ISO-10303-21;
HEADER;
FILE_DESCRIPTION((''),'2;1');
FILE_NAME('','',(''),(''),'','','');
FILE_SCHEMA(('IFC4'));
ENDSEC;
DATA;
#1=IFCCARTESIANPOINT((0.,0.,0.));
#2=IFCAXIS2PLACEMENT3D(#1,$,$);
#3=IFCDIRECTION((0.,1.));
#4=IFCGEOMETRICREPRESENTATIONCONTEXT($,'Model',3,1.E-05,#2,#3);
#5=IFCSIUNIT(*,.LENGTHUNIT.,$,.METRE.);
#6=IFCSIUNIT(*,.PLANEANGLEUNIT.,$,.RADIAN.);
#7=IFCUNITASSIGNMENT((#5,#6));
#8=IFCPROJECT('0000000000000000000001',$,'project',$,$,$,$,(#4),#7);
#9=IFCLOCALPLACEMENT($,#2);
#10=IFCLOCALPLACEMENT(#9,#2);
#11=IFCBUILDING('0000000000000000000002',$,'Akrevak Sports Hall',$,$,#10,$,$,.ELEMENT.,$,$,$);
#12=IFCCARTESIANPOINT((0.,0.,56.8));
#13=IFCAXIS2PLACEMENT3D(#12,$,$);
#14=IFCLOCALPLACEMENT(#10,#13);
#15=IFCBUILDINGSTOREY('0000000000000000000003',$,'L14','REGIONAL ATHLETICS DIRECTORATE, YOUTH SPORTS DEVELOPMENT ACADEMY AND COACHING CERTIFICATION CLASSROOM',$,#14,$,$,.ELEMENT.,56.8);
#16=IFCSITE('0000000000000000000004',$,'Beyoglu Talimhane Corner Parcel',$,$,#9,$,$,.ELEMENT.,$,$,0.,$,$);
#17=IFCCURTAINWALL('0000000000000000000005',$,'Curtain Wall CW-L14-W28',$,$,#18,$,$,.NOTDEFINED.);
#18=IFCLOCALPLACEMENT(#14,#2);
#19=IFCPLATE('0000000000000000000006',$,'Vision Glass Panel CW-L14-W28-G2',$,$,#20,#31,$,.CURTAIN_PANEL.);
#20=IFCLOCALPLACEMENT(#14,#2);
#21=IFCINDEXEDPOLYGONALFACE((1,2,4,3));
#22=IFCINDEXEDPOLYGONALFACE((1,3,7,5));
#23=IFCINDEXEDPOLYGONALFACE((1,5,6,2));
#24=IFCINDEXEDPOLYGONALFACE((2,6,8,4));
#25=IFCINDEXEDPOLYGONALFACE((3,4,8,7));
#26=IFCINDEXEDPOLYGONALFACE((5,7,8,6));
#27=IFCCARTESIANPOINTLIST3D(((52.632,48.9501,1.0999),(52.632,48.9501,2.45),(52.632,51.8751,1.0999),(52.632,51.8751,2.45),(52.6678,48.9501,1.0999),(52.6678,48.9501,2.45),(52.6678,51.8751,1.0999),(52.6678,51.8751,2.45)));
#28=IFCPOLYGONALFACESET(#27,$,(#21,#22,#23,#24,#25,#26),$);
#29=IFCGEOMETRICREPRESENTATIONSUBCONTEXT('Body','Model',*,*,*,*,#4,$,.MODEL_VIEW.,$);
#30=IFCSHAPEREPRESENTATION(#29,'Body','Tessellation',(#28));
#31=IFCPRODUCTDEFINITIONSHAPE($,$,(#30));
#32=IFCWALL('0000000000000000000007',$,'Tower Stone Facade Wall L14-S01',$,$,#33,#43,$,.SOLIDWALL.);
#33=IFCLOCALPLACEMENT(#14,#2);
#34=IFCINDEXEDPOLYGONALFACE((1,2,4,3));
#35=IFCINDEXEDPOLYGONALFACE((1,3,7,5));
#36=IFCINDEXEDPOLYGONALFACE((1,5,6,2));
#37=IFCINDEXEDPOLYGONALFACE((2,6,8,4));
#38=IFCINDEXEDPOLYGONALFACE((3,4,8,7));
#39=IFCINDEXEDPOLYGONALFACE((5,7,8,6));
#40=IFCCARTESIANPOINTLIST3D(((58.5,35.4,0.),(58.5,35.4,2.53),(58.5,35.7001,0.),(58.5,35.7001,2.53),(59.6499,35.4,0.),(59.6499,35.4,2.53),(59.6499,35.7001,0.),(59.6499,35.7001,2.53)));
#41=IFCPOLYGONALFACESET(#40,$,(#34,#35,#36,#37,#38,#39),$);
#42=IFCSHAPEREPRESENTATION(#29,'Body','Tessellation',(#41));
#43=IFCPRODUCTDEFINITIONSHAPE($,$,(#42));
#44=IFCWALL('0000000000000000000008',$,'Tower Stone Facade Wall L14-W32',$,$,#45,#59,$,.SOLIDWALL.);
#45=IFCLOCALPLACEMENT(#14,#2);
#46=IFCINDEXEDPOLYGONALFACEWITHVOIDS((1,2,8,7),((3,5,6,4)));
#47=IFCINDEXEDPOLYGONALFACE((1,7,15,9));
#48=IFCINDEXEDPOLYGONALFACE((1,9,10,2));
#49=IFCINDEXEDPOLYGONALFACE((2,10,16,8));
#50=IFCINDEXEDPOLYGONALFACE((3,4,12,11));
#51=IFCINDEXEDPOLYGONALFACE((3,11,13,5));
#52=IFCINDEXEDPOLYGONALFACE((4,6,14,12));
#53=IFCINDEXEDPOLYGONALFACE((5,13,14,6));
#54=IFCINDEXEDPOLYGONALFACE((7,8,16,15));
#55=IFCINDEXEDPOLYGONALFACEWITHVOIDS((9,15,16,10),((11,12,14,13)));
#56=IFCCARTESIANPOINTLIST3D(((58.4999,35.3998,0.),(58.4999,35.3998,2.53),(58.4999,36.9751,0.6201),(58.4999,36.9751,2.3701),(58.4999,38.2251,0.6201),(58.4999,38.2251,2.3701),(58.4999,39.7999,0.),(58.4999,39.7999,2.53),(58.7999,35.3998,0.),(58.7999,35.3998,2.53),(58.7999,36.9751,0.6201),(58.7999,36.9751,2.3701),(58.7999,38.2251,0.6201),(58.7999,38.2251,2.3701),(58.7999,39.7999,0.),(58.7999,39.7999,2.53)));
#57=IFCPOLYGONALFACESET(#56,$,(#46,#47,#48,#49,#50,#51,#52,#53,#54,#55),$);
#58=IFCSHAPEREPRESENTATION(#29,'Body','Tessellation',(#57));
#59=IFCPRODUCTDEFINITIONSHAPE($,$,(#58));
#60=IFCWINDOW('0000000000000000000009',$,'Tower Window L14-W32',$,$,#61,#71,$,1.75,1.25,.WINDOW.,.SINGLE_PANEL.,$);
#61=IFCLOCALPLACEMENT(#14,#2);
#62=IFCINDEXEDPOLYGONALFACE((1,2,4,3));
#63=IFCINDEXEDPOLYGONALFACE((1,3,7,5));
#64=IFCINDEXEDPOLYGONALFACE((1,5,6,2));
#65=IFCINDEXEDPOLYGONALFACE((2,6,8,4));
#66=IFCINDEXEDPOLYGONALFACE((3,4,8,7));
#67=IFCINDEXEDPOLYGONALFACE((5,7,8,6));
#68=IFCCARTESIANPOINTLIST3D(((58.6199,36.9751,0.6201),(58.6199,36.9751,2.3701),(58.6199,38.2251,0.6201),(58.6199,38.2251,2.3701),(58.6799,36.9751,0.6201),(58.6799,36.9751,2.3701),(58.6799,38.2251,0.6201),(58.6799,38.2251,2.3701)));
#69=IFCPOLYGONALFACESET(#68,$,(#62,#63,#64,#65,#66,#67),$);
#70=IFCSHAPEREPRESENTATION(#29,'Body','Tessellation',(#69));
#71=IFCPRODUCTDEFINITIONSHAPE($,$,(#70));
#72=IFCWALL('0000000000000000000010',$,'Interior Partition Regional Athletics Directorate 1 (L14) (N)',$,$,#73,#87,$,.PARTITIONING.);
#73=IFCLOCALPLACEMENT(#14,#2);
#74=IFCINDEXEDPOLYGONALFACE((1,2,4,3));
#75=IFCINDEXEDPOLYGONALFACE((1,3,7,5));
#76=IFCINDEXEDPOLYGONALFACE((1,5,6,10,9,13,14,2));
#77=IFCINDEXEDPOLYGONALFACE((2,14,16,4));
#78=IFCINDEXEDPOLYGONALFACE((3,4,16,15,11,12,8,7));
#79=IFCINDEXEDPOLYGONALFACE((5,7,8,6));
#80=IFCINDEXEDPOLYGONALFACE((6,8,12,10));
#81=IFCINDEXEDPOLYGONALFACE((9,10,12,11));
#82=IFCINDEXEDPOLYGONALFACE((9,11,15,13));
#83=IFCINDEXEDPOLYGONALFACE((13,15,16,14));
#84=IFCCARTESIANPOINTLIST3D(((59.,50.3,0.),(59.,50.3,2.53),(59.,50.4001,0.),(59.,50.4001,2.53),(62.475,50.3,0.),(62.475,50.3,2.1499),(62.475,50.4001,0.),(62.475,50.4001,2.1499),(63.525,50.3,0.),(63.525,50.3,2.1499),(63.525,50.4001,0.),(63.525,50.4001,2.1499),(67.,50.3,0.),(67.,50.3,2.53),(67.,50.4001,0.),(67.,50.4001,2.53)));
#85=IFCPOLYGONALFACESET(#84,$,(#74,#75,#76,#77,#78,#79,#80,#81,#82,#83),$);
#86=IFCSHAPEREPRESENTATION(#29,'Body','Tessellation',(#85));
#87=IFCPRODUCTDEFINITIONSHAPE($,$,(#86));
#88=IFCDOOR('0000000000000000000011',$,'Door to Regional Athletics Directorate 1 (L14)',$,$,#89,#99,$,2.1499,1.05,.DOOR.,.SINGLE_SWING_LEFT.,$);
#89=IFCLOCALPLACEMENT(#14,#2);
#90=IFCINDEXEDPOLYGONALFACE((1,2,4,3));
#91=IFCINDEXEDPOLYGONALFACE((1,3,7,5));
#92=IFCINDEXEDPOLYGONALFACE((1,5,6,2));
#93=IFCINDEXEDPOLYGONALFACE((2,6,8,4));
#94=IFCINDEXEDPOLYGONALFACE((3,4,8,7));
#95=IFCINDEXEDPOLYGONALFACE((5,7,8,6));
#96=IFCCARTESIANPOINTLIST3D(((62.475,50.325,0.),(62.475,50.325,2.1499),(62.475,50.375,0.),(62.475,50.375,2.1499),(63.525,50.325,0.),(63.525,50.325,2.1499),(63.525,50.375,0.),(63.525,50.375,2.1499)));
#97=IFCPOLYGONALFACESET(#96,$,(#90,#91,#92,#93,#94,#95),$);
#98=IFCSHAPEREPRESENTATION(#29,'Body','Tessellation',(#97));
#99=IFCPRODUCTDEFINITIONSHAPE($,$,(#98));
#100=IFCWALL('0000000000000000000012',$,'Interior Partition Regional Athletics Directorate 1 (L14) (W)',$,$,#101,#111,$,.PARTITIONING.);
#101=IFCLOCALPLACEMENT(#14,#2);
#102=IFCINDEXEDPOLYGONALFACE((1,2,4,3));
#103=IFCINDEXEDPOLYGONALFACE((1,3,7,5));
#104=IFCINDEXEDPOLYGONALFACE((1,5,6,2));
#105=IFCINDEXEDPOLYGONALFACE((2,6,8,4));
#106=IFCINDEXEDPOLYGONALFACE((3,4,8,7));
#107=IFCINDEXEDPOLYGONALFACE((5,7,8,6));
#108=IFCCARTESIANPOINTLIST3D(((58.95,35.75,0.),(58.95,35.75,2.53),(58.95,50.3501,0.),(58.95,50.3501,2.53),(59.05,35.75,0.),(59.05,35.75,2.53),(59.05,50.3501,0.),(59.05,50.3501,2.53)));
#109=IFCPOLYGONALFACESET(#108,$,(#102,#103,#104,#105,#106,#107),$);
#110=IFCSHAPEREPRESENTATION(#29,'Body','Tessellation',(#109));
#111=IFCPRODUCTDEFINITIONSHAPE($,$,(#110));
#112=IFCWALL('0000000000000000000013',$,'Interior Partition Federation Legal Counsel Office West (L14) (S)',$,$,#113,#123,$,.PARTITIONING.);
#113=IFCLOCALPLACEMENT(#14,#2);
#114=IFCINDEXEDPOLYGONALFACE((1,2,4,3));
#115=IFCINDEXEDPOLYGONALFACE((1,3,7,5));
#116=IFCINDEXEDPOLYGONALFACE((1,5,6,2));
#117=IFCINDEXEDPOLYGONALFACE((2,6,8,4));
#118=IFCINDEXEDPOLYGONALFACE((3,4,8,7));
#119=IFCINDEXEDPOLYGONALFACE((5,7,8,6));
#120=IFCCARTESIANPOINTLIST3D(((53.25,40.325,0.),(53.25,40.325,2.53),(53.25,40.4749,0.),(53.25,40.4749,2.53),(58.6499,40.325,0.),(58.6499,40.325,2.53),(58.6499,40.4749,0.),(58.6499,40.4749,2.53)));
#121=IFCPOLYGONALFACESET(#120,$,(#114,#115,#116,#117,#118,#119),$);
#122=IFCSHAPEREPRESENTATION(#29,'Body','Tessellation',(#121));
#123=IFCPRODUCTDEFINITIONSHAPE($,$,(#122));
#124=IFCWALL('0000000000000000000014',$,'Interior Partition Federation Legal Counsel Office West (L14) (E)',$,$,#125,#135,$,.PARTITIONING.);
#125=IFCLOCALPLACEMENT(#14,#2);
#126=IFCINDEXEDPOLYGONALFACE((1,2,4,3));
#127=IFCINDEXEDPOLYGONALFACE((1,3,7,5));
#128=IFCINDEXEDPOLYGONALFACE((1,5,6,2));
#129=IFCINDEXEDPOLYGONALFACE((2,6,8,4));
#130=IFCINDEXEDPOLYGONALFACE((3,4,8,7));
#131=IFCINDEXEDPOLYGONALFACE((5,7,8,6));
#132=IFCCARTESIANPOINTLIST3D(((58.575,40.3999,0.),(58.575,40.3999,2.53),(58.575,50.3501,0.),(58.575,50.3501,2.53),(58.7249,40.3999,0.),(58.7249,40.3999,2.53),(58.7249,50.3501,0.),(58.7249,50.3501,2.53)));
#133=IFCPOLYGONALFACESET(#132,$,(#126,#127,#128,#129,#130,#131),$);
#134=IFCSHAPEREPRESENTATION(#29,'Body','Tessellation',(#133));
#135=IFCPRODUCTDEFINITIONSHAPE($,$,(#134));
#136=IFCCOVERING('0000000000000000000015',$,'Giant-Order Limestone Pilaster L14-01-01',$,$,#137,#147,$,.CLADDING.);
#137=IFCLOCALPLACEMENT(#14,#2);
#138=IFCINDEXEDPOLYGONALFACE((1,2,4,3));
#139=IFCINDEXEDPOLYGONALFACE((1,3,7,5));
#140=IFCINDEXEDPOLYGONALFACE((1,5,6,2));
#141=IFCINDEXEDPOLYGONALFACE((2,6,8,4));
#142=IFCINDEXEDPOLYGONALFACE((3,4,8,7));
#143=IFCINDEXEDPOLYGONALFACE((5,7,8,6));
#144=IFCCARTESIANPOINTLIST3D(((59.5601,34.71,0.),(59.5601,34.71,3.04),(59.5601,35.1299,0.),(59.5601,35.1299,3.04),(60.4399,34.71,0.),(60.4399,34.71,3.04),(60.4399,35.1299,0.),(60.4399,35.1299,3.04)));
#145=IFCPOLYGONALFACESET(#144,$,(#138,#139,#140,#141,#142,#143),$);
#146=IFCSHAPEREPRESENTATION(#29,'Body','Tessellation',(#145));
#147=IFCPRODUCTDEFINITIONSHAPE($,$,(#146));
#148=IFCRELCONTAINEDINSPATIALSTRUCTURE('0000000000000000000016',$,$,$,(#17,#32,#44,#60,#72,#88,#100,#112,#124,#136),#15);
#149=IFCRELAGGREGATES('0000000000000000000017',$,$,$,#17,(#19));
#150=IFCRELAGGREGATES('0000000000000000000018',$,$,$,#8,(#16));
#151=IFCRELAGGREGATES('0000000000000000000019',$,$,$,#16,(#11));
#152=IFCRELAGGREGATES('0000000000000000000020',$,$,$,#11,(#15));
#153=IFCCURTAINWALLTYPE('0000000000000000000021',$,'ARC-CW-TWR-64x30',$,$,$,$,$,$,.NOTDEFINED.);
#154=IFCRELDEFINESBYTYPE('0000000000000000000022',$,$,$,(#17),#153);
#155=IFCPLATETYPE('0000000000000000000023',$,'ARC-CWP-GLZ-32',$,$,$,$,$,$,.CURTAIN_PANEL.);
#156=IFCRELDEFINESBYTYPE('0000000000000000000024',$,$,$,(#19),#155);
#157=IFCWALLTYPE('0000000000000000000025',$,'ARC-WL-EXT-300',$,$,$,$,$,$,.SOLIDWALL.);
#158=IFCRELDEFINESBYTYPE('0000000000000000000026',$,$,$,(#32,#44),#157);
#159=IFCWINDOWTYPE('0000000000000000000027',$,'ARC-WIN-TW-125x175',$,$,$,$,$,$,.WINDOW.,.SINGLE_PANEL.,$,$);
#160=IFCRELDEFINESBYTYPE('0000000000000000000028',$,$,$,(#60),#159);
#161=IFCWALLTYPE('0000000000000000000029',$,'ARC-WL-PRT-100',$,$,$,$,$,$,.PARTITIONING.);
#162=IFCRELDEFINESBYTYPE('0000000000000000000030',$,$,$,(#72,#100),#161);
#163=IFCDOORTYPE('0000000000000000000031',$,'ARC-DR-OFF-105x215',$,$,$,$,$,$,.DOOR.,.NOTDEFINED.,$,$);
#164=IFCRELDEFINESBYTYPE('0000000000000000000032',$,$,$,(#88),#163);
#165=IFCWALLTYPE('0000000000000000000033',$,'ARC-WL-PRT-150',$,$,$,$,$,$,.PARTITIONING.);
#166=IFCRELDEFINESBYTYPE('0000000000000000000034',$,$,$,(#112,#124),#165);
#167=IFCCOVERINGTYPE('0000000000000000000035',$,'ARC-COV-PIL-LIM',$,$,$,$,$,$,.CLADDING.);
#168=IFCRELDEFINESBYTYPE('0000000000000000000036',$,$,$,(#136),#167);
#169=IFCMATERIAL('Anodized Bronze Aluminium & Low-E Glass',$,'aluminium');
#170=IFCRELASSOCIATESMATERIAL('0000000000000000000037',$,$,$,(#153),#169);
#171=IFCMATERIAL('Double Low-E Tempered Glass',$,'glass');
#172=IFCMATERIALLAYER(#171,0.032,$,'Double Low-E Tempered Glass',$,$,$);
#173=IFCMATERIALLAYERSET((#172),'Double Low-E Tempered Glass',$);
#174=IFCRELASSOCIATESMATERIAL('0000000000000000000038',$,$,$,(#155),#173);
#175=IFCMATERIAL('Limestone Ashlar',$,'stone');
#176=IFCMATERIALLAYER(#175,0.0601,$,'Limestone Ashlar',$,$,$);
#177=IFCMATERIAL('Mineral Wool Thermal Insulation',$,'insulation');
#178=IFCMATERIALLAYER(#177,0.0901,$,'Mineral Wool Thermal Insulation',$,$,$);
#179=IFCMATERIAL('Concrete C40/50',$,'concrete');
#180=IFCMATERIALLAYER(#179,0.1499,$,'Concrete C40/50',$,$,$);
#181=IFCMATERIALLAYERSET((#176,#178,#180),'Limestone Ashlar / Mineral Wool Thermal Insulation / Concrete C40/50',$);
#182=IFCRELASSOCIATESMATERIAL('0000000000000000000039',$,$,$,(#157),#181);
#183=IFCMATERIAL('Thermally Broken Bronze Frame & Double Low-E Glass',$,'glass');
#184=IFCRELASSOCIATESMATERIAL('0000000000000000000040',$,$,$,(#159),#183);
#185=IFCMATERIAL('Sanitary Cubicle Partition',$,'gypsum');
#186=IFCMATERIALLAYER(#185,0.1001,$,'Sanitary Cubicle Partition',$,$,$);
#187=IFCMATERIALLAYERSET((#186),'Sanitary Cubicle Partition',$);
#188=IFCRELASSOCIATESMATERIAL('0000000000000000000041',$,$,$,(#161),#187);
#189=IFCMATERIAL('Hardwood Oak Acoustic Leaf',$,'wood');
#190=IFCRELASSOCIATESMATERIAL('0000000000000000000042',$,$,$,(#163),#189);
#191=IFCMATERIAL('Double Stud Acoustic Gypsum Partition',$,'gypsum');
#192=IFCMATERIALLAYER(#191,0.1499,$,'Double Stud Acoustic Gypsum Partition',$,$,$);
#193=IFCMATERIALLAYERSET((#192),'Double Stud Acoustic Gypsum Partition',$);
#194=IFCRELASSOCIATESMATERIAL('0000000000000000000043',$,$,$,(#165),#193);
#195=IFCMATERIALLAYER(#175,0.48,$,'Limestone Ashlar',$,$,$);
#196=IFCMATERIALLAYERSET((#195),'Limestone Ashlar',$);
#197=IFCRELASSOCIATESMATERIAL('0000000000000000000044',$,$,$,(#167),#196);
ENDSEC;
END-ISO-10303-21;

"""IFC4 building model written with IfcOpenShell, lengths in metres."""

from ifc_helpers import new_model, si_unit, direction, frame, frame_2d, origin, origin_2d, place, context, subcontext, project, spatial, rectangle, extrude, material, layer, layer_set, type_object, element, fill, aggregate, save


model = new_model("IFC4")

# Units and contexts
model_context = context("Model", 3, precision=1e-05, world=origin(), true_north=direction((0.0, 1.0)))
body_context = subcontext(model_context, "Body", "Model", "MODEL_VIEW")
ifc_project = project(units=[si_unit("LENGTHUNIT", "METRE"), si_unit("PLANEANGLEUNIT", "RADIAN")], contexts=[model_context])

# Site, building, storey
site_placement = place(None, origin())
site = spatial("IfcSite", under=ifc_project, at=site_placement, Name="Beyoglu Talimhane Corner Parcel", CompositionType="ELEMENT", RefElevation=0.0)
building_placement = place(site_placement, origin())
building = spatial("IfcBuilding", under=site, at=building_placement, Name="Akrevak Sports Hall", CompositionType="ELEMENT")
storey_placement = place(building_placement, frame((0.0, 0.0, 56.8)))
storey = spatial("IfcBuildingStorey", under=building, at=storey_placement, Name="L14", Description="REGIONAL ATHLETICS DIRECTORATE, YOUTH SPORTS DEVELOPMENT ACADEMY AND COACHING CERTIFICATION CLASSROOM", CompositionType="ELEMENT", Elevation=56.8)

# Shared definitions
ifc_material_1 = material(Name="Concrete C40/50", Category="concrete")

# Curtain wall
ifc_material_2 = material(Name="Anodized Bronze Aluminium & Low-E Glass", Category="aluminium")
curtain_wall_type = type_object("IfcCurtainWallType", Name="ARC-CW-TWR-64x30", PredefinedType="NOTDEFINED", material=ifc_material_2)
curtain_wall_1_placement = place(storey_placement, origin())
curtain_wall_1 = element("IfcCurtainWall", 1, at=curtain_wall_1_placement, inside=storey, type_object=curtain_wall_type, Name="Curtain Wall CW-L14-W28", PredefinedType="NOTDEFINED")

# Plate
ifc_material_3 = material(Name="Double Low-E Tempered Glass", Category="glass")
ifc_layer_1 = layer(ifc_material_3, 0.032, Name="Double Low-E Tempered Glass")
ifc_layer_set_1 = layer_set([ifc_layer_1], Name="Double Low-E Tempered Glass")
plate_type = type_object("IfcPlateType", Name="ARC-CWP-GLZ-32", PredefinedType="CURTAIN_PANEL", material=ifc_layer_set_1)
plate_1_placement = place(storey_placement, frame((52.6499, 50.4126, 1.0999), z_axis=(0.0, 0.0, 1.0), x_axis=(0.0, -1.0, 0.0)))
plate_1 = element("IfcPlate", 2, at=plate_1_placement, type_object=plate_type, Name="Vision Glass Panel CW-L14-W28-G2", PredefinedType="CURTAIN_PANEL", context=body_context, shape_type="SweptSolid", body=[
    extrude(rectangle(XDim=2.925, YDim=0.0359, at=origin_2d()), origin(), (0.0, 0.0, 1.0), 1.3501),
])
aggregate(curtain_wall_1, [plate_1])

# Wall
ifc_material_4 = material(Name="Limestone Ashlar", Category="stone")
ifc_layer_2 = layer(ifc_material_4, 0.0601, Name="Limestone Ashlar")
ifc_material_5 = material(Name="Mineral Wool Thermal Insulation", Category="insulation")
ifc_layer_3 = layer(ifc_material_5, 0.0901, Name="Mineral Wool Thermal Insulation")
ifc_layer_4 = layer(ifc_material_1, 0.1499, Name="Concrete C40/50")
ifc_layer_set_2 = layer_set([ifc_layer_2, ifc_layer_3, ifc_layer_4], Name="Limestone Ashlar / Mineral Wool Thermal Insulation / Concrete C40/50")
wall_type_1 = type_object("IfcWallType", Name="ARC-WL-EXT-300", PredefinedType="SOLIDWALL", material=ifc_layer_set_2)
wall_1_placement = place(storey_placement, frame((58.5, 35.55, 0.0), z_axis=(0.0, 0.0, 1.0), x_axis=(1.0, 0.0, 0.0)))
element("IfcWall", 3, at=wall_1_placement, inside=storey, type_object=wall_type_1, Name="Tower Stone Facade Wall L14-S01", PredefinedType="SOLIDWALL", context=body_context, shape_type="SweptSolid", body=[
    extrude(rectangle(XDim=1.1499, YDim=0.3, at=frame_2d((0.575, 0.0))), origin(), (0.0, 0.0, 1.0), 2.53),
])

# Wall, opening, window
wall_2_placement = place(storey_placement, frame((58.6499, 39.8, 0.0), z_axis=(0.0, 0.0, 1.0), x_axis=(0.0, -1.0, 0.0)))
wall_2 = element("IfcWall", 4, at=wall_2_placement, inside=storey, type_object=wall_type_1, Name="Tower Stone Facade Wall L14-W32", PredefinedType="SOLIDWALL", context=body_context, shape_type="SweptSolid", body=[
    extrude(rectangle(XDim=4.4001, YDim=0.3, at=frame_2d((2.2002, 0.0))), origin(), (0.0, 0.0, 1.0), 2.53),
])
opening_1_placement = place(wall_2_placement, frame((1.575, 0.0, 0.6201)))
opening_1 = element("IfcOpeningElement", 5, at=opening_1_placement, cuts=wall_2, PredefinedType="OPENING", context=body_context, shape_type="SweptSolid", body=[
    extrude(rectangle(XDim=1.25, YDim=1.75, at=frame_2d((0.625, 0.875))), frame((0.0, 0.1621, 0.0), z_axis=(0.0, -1.0, 0.0), x_axis=(1.0, 0.0, 0.0)), (0.0, 0.0, 1.0), 0.324),
])
ifc_material_6 = material(Name="Thermally Broken Bronze Frame & Double Low-E Glass", Category="glass")
window_type = type_object("IfcWindowType", Name="ARC-WIN-TW-125x175", PartitioningType="SINGLE_PANEL", PredefinedType="WINDOW", material=ifc_material_6)
window_placement = place(opening_1_placement, origin())
window = element("IfcWindow", 6, at=window_placement, inside=storey, type_object=window_type, Name="Tower Window L14-W32", OverallHeight=1.75, OverallWidth=1.25, PartitioningType="SINGLE_PANEL", PredefinedType="WINDOW", context=body_context, shape_type="SweptSolid", body=[
    extrude(rectangle(XDim=1.25, YDim=1.75, at=frame_2d((0.625, 0.875))), frame((0.0, 0.03, 0.0), z_axis=(0.0, -1.0, 0.0), x_axis=(1.0, 0.0, 0.0)), (0.0, 0.0, 1.0), 0.0601),
])
fill(opening_1, window)

# Wall, opening, door
ifc_material_7 = material(Name="Sanitary Cubicle Partition", Category="gypsum")
ifc_layer_5 = layer(ifc_material_7, 0.1001, Name="Sanitary Cubicle Partition")
ifc_layer_set_3 = layer_set([ifc_layer_5], Name="Sanitary Cubicle Partition")
wall_type_2 = type_object("IfcWallType", Name="ARC-WL-PRT-100", PredefinedType="PARTITIONING", material=ifc_layer_set_3)
wall_3_placement = place(storey_placement, frame((59.0, 50.3501, 0.0), z_axis=(0.0, 0.0, 1.0), x_axis=(1.0, 0.0, 0.0)))
wall_3 = element("IfcWall", 7, at=wall_3_placement, inside=storey, type_object=wall_type_2, Name="Interior Partition Regional Athletics Directorate 1 (L14) (N)", PredefinedType="PARTITIONING", context=body_context, shape_type="SweptSolid", body=[
    extrude(rectangle(XDim=8.0, YDim=0.1001, at=frame_2d((4.0, 0.0))), origin(), (0.0, 0.0, 1.0), 2.53),
])
opening_2_placement = place(wall_3_placement, frame((3.4751, 0.0, 0.0)))
opening_2 = element("IfcOpeningElement", 8, at=opening_2_placement, cuts=wall_3, PredefinedType="OPENING", context=body_context, shape_type="SweptSolid", body=[
    extrude(rectangle(XDim=1.05, YDim=2.1499, at=frame_2d((0.5249, 1.075))), frame((0.0, 0.062, 0.0), z_axis=(0.0, -1.0, 0.0), x_axis=(1.0, 0.0, 0.0)), (0.0, 0.0, 1.0), 0.124),
])
ifc_material_8 = material(Name="Hardwood Oak Acoustic Leaf", Category="wood")
door_type_1 = type_object("IfcDoorType", Name="ARC-DR-OFF-105x215", OperationType="NOTDEFINED", PredefinedType="DOOR", material=ifc_material_8)
door_1_placement = place(opening_2_placement, origin())
door_1 = element("IfcDoor", 9, at=door_1_placement, inside=storey, type_object=door_type_1, Name="Door to Regional Athletics Directorate 1 (L14)", OperationType="SINGLE_SWING_LEFT", OverallHeight=2.1499, OverallWidth=1.05, PredefinedType="DOOR", context=body_context, shape_type="SweptSolid", body=[
    extrude(rectangle(XDim=1.05, YDim=2.1499, at=frame_2d((0.5249, 1.075))), frame((0.0, 0.0249, 0.0), z_axis=(0.0, -1.0, 0.0), x_axis=(1.0, 0.0, 0.0)), (0.0, 0.0, 1.0), 0.05),
])
fill(opening_2, door_1)

# Walls
wall_4_placement = place(storey_placement, frame((59.0, 35.75, 0.0), z_axis=(0.0, 0.0, 1.0), x_axis=(0.0, 1.0, 0.0)))
element("IfcWall", 10, at=wall_4_placement, inside=storey, type_object=wall_type_2, Name="Interior Partition Regional Athletics Directorate 1 (L14) (W)", PredefinedType="PARTITIONING", context=body_context, shape_type="SweptSolid", body=[
    extrude(rectangle(XDim=14.6001, YDim=0.1001, at=frame_2d((7.3, 0.0))), origin(), (0.0, 0.0, 1.0), 2.53),
])
ifc_material_9 = material(Name="Double Stud Acoustic Gypsum Partition", Category="gypsum")
ifc_layer_6 = layer(ifc_material_9, 0.1499, Name="Double Stud Acoustic Gypsum Partition")
ifc_layer_set_4 = layer_set([ifc_layer_6], Name="Double Stud Acoustic Gypsum Partition")
wall_type_3 = type_object("IfcWallType", Name="ARC-WL-PRT-150", PredefinedType="PARTITIONING", material=ifc_layer_set_4)
wall_5_placement = place(storey_placement, frame((53.25, 40.3999, 0.0), z_axis=(0.0, 0.0, 1.0), x_axis=(1.0, 0.0, 0.0)))
element("IfcWall", 11, at=wall_5_placement, inside=storey, type_object=wall_type_3, Name="Interior Partition Federation Legal Counsel Office West (L14) (S)", PredefinedType="PARTITIONING", context=body_context, shape_type="SweptSolid", body=[
    extrude(rectangle(XDim=5.3999, YDim=0.1499, at=frame_2d((2.7, 0.0))), origin(), (0.0, 0.0, 1.0), 2.53),
])

# Wall
wall_6_placement = place(storey_placement, frame((58.6499, 40.3999, 0.0), z_axis=(0.0, 0.0, 1.0), x_axis=(0.0, 1.0, 0.0)))
element("IfcWall", 12, at=wall_6_placement, inside=storey, type_object=wall_type_3, Name="Interior Partition Federation Legal Counsel Office West (L14) (E)", PredefinedType="PARTITIONING", context=body_context, shape_type="SweptSolid", body=[
    extrude(rectangle(XDim=9.9502, YDim=0.1499, at=frame_2d((4.9751, 0.0))), origin(), (0.0, 0.0, 1.0), 2.53),
])

# Covering
ifc_layer_7 = layer(ifc_material_4, 0.48, Name="Limestone Ashlar")
ifc_layer_set_5 = layer_set([ifc_layer_7], Name="Limestone Ashlar")
covering_type = type_object("IfcCoveringType", Name="ARC-COV-PIL-LIM", PredefinedType="CLADDING", material=ifc_layer_set_5)
covering_placement = place(storey_placement, frame((60.0, 34.9199, 0.0), z_axis=(0.0, 0.0, 1.0), x_axis=(1.0, 0.0, 0.0)))
element("IfcCovering", 13, at=covering_placement, inside=storey, type_object=covering_type, Name="Giant-Order Limestone Pilaster L14-01-01", PredefinedType="CLADDING", context=body_context, shape_type="SweptSolid", body=[
    extrude(rectangle(XDim=0.8799, YDim=0.4199, at=origin_2d()), origin(), (0.0, 0.0, 1.0), 3.04),
])

save(model, "model.ifc")
